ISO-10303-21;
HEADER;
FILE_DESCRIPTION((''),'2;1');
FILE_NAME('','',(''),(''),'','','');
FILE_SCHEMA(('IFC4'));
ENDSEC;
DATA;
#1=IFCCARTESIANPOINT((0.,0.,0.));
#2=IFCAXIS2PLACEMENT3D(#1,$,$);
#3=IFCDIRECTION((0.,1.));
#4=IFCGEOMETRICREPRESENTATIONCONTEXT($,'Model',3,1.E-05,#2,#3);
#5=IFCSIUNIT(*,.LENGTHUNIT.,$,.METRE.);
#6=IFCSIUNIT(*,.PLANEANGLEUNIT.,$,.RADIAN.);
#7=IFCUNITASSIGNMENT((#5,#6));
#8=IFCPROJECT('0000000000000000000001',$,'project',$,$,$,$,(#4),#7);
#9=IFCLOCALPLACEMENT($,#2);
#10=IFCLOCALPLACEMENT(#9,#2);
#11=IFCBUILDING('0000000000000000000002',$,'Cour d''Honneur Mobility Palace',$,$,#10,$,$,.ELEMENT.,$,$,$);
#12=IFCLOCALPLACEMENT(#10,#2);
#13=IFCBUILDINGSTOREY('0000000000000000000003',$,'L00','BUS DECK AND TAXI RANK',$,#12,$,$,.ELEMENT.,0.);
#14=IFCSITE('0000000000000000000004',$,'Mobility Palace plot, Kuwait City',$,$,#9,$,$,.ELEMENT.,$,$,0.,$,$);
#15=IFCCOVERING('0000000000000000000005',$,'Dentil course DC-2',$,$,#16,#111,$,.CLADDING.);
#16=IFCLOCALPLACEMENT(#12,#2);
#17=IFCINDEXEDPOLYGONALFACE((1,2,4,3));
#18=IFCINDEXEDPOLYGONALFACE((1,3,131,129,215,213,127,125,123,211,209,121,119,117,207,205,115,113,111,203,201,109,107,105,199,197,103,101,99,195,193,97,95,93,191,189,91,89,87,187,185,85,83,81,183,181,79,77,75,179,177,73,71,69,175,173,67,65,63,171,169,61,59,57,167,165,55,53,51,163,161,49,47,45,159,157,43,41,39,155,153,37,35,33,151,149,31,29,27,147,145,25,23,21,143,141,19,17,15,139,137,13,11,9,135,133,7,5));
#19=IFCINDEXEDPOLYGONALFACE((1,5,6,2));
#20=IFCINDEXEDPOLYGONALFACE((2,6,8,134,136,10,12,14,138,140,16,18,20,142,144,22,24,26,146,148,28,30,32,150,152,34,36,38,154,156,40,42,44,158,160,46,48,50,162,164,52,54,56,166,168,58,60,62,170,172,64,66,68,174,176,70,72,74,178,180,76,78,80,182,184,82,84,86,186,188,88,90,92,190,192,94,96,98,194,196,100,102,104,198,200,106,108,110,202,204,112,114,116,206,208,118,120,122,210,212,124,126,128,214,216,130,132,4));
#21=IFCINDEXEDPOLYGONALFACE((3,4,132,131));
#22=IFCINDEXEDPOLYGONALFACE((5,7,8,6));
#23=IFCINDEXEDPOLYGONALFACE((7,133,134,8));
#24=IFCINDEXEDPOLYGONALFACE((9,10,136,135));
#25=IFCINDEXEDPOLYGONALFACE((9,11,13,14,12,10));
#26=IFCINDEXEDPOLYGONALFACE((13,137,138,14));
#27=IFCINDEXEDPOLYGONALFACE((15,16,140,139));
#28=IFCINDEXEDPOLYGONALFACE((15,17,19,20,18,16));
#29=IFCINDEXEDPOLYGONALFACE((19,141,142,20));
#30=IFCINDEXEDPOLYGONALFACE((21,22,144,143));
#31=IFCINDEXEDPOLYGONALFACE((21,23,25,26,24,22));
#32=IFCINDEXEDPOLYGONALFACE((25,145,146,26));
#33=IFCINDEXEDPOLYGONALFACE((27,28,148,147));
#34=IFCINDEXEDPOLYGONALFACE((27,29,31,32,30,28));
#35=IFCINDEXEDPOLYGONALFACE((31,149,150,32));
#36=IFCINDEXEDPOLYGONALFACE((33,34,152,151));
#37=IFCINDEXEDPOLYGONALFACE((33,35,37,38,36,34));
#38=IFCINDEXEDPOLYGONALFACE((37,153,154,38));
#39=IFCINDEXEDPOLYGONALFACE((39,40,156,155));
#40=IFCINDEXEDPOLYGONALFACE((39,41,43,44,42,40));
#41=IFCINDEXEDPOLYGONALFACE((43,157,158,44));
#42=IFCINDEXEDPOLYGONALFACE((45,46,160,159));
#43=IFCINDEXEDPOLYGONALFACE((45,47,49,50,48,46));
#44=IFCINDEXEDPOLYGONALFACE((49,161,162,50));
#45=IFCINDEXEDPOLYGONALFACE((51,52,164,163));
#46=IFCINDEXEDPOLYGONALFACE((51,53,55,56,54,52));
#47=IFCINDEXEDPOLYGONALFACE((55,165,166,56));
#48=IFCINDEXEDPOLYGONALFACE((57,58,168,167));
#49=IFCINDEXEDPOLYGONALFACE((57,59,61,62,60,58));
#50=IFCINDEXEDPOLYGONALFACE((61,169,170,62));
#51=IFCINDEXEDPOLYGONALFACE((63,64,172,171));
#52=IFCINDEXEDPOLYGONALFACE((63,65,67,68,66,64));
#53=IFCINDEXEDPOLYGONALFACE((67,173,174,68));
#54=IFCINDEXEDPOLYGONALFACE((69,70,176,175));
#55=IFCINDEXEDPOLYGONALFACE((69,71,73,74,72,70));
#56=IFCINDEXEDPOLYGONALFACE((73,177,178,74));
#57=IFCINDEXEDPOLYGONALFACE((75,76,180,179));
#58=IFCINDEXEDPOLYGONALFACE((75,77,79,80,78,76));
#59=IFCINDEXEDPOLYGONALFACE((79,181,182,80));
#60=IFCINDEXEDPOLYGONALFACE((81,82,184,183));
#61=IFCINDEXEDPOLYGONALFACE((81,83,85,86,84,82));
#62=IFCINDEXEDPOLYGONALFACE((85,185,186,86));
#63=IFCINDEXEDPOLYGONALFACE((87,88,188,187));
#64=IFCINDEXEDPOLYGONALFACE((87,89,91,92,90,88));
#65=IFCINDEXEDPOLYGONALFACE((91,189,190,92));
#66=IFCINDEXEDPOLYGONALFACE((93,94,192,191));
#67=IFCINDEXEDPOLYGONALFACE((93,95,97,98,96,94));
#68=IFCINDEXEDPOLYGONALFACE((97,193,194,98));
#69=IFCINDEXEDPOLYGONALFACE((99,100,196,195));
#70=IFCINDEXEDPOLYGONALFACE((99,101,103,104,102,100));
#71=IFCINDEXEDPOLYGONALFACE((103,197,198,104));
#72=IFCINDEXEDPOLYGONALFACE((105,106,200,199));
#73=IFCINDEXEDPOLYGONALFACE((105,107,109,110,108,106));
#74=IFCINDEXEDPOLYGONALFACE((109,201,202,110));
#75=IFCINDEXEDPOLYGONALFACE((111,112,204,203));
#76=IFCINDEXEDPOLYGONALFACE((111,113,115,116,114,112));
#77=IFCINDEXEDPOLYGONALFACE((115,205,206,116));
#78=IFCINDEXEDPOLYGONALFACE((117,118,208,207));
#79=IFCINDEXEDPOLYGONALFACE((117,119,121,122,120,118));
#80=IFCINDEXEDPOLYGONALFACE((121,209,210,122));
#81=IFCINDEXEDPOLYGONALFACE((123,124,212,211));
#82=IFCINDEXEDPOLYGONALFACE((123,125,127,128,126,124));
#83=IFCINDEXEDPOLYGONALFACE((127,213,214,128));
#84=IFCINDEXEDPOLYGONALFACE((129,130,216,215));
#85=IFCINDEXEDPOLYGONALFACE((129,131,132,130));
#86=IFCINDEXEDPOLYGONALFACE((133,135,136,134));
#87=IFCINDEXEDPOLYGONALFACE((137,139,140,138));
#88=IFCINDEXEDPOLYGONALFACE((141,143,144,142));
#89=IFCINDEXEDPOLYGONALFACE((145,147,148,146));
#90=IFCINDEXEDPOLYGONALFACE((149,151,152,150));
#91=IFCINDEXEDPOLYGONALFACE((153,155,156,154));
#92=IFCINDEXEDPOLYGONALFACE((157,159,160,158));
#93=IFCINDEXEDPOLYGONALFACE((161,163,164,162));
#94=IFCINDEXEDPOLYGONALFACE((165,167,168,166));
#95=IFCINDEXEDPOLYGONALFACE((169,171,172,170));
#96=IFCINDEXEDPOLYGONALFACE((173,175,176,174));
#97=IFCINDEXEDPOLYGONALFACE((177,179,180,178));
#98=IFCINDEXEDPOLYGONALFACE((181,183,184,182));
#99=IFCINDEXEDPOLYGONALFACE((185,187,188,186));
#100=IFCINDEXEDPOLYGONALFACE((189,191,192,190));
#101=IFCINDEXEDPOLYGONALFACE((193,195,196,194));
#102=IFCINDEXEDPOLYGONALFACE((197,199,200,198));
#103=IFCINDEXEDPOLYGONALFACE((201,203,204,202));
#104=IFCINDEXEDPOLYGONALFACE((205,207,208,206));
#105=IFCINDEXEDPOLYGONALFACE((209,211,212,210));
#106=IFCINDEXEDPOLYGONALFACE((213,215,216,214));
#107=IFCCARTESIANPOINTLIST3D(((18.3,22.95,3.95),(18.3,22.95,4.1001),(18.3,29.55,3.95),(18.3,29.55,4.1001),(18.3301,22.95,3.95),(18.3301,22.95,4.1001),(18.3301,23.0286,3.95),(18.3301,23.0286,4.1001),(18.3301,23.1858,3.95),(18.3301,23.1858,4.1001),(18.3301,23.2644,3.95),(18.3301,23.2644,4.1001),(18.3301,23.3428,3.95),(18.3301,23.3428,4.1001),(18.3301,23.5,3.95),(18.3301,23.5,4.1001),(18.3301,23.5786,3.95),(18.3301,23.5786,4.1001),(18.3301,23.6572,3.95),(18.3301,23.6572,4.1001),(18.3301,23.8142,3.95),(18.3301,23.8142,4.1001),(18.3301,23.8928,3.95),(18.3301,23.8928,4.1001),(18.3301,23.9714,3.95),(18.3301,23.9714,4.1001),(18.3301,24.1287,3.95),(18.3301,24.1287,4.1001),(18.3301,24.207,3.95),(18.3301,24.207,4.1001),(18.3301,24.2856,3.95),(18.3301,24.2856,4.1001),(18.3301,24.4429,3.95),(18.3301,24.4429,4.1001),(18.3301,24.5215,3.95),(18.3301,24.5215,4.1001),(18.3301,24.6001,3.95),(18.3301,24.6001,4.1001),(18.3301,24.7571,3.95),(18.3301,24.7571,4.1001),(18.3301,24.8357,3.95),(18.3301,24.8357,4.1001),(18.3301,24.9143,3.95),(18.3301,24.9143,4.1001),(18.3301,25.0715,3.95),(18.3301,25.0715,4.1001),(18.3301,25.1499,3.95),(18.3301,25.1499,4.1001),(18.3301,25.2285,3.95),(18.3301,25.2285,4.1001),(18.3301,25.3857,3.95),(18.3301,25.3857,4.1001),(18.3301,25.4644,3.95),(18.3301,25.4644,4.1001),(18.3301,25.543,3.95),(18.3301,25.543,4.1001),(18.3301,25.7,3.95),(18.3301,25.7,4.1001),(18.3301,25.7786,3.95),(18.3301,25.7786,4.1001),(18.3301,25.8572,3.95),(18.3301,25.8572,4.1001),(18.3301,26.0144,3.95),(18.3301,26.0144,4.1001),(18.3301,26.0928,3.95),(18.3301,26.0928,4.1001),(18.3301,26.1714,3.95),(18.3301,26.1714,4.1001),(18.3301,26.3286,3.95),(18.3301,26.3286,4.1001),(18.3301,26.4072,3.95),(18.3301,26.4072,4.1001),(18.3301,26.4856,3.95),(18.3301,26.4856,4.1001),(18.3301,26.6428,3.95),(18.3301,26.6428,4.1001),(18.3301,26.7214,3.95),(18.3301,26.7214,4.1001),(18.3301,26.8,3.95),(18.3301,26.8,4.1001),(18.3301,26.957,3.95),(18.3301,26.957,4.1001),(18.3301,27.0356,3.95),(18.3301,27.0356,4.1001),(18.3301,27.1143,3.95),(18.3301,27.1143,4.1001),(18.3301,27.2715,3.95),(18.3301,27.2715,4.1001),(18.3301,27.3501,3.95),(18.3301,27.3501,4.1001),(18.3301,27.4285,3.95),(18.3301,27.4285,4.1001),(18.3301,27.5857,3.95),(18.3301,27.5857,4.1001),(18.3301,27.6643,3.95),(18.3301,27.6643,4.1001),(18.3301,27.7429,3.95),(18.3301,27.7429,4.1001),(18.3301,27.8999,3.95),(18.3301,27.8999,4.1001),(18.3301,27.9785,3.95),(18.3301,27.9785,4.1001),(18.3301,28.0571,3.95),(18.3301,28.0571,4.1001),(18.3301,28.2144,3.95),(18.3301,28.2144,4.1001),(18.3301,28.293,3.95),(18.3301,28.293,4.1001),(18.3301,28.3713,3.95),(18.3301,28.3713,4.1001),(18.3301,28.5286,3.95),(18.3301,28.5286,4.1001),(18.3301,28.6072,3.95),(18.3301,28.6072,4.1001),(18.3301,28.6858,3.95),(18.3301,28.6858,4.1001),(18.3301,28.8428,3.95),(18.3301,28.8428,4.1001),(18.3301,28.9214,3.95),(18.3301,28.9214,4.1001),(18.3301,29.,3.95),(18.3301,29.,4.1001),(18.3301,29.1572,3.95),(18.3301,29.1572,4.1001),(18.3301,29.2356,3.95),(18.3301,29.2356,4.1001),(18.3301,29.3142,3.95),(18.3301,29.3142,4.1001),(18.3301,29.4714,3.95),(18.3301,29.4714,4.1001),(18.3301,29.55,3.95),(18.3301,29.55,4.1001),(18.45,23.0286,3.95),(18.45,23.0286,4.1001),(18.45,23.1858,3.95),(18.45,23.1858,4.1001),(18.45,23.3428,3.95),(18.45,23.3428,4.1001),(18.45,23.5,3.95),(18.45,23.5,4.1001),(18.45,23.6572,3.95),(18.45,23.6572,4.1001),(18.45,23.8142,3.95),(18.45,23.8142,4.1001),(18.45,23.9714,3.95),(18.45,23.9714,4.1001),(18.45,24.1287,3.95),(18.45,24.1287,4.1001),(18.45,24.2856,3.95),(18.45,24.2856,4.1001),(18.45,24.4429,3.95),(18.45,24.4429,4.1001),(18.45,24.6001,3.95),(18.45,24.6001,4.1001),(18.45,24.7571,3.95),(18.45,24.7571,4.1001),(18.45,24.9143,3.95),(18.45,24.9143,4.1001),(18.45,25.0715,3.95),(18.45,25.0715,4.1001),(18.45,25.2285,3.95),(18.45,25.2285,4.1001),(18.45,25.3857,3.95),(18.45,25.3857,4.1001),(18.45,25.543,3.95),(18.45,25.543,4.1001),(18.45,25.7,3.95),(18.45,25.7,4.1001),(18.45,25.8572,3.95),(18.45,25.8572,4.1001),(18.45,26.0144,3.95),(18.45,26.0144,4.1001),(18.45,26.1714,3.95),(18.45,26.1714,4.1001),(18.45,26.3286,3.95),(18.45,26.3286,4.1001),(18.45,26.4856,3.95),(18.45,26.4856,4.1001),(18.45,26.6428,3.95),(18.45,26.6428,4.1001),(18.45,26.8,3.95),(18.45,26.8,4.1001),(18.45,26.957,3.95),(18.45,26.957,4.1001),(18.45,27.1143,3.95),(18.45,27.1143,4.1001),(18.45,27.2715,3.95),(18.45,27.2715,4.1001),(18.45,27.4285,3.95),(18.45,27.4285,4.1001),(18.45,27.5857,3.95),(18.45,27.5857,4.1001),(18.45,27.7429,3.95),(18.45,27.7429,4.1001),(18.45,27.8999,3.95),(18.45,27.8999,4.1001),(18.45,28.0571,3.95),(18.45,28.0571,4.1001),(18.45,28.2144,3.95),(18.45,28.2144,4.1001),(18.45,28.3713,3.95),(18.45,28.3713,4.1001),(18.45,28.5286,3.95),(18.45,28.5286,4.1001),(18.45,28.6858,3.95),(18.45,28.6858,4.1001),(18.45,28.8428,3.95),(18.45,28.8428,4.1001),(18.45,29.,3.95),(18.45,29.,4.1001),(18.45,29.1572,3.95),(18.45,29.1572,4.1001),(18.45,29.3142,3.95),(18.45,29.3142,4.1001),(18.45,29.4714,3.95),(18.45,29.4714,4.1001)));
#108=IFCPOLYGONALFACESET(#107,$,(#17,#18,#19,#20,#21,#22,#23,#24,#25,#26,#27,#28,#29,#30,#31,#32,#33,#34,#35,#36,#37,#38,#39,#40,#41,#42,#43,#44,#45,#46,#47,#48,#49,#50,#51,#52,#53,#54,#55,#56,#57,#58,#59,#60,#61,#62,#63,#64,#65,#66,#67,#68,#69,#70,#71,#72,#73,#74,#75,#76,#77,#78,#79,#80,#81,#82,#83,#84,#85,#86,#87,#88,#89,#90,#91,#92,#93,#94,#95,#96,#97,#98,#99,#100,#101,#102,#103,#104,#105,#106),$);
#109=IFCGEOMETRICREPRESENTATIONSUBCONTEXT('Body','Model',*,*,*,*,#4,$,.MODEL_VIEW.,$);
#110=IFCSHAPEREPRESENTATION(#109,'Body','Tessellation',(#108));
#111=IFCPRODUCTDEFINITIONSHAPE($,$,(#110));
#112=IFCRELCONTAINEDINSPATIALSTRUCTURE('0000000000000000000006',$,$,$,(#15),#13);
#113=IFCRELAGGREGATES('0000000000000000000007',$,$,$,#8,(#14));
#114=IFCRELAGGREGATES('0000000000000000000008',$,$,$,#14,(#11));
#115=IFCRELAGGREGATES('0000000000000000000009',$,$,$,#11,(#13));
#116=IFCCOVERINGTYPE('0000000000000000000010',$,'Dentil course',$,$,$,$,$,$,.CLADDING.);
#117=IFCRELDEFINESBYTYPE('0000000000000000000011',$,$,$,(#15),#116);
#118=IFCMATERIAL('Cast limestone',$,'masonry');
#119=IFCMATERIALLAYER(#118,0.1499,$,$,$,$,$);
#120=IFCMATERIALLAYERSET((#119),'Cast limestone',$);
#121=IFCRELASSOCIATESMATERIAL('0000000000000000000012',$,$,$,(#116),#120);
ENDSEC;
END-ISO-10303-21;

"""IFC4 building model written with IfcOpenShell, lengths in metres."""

from ifc_helpers import new_model, si_unit, direction, frame, origin, place, context, subcontext, project, spatial, polyline, outline, extrude, material, layer, layer_set, type_object, element, save


model = new_model("IFC4")

# Units and contexts
model_context = context("Model", 3, precision=1e-05, world=origin(), true_north=direction((0.0, 1.0)))
body_context = subcontext(model_context, "Body", "Model", "MODEL_VIEW")
ifc_project = project(units=[si_unit("LENGTHUNIT", "METRE"), si_unit("PLANEANGLEUNIT", "RADIAN")], contexts=[model_context])

# Site, building, storey
site_placement = place(None, origin())
site = spatial("IfcSite", under=ifc_project, at=site_placement, Name="Mobility Palace plot, Kuwait City", CompositionType="ELEMENT", RefElevation=0.0)
building_placement = place(site_placement, origin())
building = spatial("IfcBuilding", under=site, at=building_placement, Name="Cour d'Honneur Mobility Palace", CompositionType="ELEMENT")
storey_placement = place(building_placement, origin())
storey = spatial("IfcBuildingStorey", under=building, at=storey_placement, Name="L00", Description="BUS DECK AND TAXI RANK", CompositionType="ELEMENT", Elevation=0.0)

# Covering
ifc_material_1 = material(Name="Cast limestone", Category="masonry")
ifc_layer_1 = layer(ifc_material_1, 0.1499)
ifc_layer_set_1 = layer_set([ifc_layer_1], Name="Cast limestone")
covering_type_1 = type_object("IfcCoveringType", Name="Dentil course", PredefinedType="CLADDING", material=ifc_layer_set_1)
covering_1_placement = place(storey_placement, frame((0.0, 0.0, 3.95)))
element("IfcCovering", 1, at=covering_1_placement, inside=storey, type_object=covering_type_1, Name="Dentil course DC-2", PredefinedType="CLADDING", context=body_context, shape_type="SweptSolid", body=[
    extrude(outline(polyline([(18.3, 22.95), (18.3, 29.55), (18.3301, 29.55), (18.3301, 29.55), (18.3301, 29.4714), (18.45, 29.4714), (18.45, 29.3142), (18.3301, 29.3142), (18.3301, 29.2356), (18.3301, 29.2356), (18.3301, 29.1572), (18.45, 29.1572), (18.45, 29.0), (18.3301, 29.0), (18.3301, 28.9214), (18.3301, 28.9214), (18.3301, 28.8428), (18.45, 28.8428), (18.45, 28.6858), (18.3301, 28.6858), (18.3301, 28.6072), (18.3301, 28.6072), (18.3301, 28.5286), (18.45, 28.5286), (18.45, 28.3713), (18.3301, 28.3713), (18.3301, 28.293), (18.3301, 28.293), (18.3301, 28.2144), (18.45, 28.2144), (18.45, 28.0571), (18.3301, 28.0571), (18.3301, 27.9785), (18.3301, 27.9785), (18.3301, 27.8999), (18.45, 27.8999), (18.45, 27.7429), (18.3301, 27.7429), (18.3301, 27.6643), (18.3301, 27.6643), (18.3301, 27.5857), (18.45, 27.5857), (18.45, 27.4285), (18.3301, 27.4285), (18.3301, 27.3501), (18.3301, 27.3501), (18.3301, 27.2715), (18.45, 27.2715), (18.45, 27.1143), (18.3301, 27.1143), (18.3301, 27.0356), (18.3301, 27.0356), (18.3301, 26.957), (18.45, 26.957), (18.45, 26.8), (18.3301, 26.8), (18.3301, 26.7214), (18.3301, 26.7214), (18.3301, 26.6428), (18.45, 26.6428), (18.45, 26.4856), (18.3301, 26.4856), (18.3301, 26.4072), (18.3301, 26.4072), (18.3301, 26.3286), (18.45, 26.3286), (18.45, 26.1714), (18.3301, 26.1714), (18.3301, 26.0928), (18.3301, 26.0928), (18.3301, 26.0144), (18.45, 26.0144), (18.45, 25.8572), (18.3301, 25.8572), (18.3301, 25.7786), (18.3301, 25.7786), (18.3301, 25.7), (18.45, 25.7), (18.45, 25.543), (18.3301, 25.543), (18.3301, 25.4644), (18.3301, 25.4644), (18.3301, 25.3857), (18.45, 25.3857), (18.45, 25.2285), (18.3301, 25.2285), (18.3301, 25.1499), (18.3301, 25.1499), (18.3301, 25.0715), (18.45, 25.0715), (18.45, 24.9143), (18.3301, 24.9143), (18.3301, 24.8357), (18.3301, 24.8357), (18.3301, 24.7571), (18.45, 24.7571), (18.45, 24.6001), (18.3301, 24.6001), (18.3301, 24.5215), (18.3301, 24.5215), (18.3301, 24.4429), (18.45, 24.4429), (18.45, 24.2856), (18.3301, 24.2856), (18.3301, 24.207), (18.3301, 24.207), (18.3301, 24.1287), (18.45, 24.1287), (18.45, 23.9714), (18.3301, 23.9714), (18.3301, 23.8928), (18.3301, 23.8928), (18.3301, 23.8142), (18.45, 23.8142), (18.45, 23.6572), (18.3301, 23.6572), (18.3301, 23.5786), (18.3301, 23.5786), (18.3301, 23.5), (18.45, 23.5), (18.45, 23.3428), (18.3301, 23.3428), (18.3301, 23.2644), (18.3301, 23.2644), (18.3301, 23.1858), (18.45, 23.1858), (18.45, 23.0286), (18.3301, 23.0286), (18.3301, 22.95), (18.3, 22.95)])), origin(), (0.0, 0.0, 1.0), 0.1501),
])

save(model, "model.ifc")
